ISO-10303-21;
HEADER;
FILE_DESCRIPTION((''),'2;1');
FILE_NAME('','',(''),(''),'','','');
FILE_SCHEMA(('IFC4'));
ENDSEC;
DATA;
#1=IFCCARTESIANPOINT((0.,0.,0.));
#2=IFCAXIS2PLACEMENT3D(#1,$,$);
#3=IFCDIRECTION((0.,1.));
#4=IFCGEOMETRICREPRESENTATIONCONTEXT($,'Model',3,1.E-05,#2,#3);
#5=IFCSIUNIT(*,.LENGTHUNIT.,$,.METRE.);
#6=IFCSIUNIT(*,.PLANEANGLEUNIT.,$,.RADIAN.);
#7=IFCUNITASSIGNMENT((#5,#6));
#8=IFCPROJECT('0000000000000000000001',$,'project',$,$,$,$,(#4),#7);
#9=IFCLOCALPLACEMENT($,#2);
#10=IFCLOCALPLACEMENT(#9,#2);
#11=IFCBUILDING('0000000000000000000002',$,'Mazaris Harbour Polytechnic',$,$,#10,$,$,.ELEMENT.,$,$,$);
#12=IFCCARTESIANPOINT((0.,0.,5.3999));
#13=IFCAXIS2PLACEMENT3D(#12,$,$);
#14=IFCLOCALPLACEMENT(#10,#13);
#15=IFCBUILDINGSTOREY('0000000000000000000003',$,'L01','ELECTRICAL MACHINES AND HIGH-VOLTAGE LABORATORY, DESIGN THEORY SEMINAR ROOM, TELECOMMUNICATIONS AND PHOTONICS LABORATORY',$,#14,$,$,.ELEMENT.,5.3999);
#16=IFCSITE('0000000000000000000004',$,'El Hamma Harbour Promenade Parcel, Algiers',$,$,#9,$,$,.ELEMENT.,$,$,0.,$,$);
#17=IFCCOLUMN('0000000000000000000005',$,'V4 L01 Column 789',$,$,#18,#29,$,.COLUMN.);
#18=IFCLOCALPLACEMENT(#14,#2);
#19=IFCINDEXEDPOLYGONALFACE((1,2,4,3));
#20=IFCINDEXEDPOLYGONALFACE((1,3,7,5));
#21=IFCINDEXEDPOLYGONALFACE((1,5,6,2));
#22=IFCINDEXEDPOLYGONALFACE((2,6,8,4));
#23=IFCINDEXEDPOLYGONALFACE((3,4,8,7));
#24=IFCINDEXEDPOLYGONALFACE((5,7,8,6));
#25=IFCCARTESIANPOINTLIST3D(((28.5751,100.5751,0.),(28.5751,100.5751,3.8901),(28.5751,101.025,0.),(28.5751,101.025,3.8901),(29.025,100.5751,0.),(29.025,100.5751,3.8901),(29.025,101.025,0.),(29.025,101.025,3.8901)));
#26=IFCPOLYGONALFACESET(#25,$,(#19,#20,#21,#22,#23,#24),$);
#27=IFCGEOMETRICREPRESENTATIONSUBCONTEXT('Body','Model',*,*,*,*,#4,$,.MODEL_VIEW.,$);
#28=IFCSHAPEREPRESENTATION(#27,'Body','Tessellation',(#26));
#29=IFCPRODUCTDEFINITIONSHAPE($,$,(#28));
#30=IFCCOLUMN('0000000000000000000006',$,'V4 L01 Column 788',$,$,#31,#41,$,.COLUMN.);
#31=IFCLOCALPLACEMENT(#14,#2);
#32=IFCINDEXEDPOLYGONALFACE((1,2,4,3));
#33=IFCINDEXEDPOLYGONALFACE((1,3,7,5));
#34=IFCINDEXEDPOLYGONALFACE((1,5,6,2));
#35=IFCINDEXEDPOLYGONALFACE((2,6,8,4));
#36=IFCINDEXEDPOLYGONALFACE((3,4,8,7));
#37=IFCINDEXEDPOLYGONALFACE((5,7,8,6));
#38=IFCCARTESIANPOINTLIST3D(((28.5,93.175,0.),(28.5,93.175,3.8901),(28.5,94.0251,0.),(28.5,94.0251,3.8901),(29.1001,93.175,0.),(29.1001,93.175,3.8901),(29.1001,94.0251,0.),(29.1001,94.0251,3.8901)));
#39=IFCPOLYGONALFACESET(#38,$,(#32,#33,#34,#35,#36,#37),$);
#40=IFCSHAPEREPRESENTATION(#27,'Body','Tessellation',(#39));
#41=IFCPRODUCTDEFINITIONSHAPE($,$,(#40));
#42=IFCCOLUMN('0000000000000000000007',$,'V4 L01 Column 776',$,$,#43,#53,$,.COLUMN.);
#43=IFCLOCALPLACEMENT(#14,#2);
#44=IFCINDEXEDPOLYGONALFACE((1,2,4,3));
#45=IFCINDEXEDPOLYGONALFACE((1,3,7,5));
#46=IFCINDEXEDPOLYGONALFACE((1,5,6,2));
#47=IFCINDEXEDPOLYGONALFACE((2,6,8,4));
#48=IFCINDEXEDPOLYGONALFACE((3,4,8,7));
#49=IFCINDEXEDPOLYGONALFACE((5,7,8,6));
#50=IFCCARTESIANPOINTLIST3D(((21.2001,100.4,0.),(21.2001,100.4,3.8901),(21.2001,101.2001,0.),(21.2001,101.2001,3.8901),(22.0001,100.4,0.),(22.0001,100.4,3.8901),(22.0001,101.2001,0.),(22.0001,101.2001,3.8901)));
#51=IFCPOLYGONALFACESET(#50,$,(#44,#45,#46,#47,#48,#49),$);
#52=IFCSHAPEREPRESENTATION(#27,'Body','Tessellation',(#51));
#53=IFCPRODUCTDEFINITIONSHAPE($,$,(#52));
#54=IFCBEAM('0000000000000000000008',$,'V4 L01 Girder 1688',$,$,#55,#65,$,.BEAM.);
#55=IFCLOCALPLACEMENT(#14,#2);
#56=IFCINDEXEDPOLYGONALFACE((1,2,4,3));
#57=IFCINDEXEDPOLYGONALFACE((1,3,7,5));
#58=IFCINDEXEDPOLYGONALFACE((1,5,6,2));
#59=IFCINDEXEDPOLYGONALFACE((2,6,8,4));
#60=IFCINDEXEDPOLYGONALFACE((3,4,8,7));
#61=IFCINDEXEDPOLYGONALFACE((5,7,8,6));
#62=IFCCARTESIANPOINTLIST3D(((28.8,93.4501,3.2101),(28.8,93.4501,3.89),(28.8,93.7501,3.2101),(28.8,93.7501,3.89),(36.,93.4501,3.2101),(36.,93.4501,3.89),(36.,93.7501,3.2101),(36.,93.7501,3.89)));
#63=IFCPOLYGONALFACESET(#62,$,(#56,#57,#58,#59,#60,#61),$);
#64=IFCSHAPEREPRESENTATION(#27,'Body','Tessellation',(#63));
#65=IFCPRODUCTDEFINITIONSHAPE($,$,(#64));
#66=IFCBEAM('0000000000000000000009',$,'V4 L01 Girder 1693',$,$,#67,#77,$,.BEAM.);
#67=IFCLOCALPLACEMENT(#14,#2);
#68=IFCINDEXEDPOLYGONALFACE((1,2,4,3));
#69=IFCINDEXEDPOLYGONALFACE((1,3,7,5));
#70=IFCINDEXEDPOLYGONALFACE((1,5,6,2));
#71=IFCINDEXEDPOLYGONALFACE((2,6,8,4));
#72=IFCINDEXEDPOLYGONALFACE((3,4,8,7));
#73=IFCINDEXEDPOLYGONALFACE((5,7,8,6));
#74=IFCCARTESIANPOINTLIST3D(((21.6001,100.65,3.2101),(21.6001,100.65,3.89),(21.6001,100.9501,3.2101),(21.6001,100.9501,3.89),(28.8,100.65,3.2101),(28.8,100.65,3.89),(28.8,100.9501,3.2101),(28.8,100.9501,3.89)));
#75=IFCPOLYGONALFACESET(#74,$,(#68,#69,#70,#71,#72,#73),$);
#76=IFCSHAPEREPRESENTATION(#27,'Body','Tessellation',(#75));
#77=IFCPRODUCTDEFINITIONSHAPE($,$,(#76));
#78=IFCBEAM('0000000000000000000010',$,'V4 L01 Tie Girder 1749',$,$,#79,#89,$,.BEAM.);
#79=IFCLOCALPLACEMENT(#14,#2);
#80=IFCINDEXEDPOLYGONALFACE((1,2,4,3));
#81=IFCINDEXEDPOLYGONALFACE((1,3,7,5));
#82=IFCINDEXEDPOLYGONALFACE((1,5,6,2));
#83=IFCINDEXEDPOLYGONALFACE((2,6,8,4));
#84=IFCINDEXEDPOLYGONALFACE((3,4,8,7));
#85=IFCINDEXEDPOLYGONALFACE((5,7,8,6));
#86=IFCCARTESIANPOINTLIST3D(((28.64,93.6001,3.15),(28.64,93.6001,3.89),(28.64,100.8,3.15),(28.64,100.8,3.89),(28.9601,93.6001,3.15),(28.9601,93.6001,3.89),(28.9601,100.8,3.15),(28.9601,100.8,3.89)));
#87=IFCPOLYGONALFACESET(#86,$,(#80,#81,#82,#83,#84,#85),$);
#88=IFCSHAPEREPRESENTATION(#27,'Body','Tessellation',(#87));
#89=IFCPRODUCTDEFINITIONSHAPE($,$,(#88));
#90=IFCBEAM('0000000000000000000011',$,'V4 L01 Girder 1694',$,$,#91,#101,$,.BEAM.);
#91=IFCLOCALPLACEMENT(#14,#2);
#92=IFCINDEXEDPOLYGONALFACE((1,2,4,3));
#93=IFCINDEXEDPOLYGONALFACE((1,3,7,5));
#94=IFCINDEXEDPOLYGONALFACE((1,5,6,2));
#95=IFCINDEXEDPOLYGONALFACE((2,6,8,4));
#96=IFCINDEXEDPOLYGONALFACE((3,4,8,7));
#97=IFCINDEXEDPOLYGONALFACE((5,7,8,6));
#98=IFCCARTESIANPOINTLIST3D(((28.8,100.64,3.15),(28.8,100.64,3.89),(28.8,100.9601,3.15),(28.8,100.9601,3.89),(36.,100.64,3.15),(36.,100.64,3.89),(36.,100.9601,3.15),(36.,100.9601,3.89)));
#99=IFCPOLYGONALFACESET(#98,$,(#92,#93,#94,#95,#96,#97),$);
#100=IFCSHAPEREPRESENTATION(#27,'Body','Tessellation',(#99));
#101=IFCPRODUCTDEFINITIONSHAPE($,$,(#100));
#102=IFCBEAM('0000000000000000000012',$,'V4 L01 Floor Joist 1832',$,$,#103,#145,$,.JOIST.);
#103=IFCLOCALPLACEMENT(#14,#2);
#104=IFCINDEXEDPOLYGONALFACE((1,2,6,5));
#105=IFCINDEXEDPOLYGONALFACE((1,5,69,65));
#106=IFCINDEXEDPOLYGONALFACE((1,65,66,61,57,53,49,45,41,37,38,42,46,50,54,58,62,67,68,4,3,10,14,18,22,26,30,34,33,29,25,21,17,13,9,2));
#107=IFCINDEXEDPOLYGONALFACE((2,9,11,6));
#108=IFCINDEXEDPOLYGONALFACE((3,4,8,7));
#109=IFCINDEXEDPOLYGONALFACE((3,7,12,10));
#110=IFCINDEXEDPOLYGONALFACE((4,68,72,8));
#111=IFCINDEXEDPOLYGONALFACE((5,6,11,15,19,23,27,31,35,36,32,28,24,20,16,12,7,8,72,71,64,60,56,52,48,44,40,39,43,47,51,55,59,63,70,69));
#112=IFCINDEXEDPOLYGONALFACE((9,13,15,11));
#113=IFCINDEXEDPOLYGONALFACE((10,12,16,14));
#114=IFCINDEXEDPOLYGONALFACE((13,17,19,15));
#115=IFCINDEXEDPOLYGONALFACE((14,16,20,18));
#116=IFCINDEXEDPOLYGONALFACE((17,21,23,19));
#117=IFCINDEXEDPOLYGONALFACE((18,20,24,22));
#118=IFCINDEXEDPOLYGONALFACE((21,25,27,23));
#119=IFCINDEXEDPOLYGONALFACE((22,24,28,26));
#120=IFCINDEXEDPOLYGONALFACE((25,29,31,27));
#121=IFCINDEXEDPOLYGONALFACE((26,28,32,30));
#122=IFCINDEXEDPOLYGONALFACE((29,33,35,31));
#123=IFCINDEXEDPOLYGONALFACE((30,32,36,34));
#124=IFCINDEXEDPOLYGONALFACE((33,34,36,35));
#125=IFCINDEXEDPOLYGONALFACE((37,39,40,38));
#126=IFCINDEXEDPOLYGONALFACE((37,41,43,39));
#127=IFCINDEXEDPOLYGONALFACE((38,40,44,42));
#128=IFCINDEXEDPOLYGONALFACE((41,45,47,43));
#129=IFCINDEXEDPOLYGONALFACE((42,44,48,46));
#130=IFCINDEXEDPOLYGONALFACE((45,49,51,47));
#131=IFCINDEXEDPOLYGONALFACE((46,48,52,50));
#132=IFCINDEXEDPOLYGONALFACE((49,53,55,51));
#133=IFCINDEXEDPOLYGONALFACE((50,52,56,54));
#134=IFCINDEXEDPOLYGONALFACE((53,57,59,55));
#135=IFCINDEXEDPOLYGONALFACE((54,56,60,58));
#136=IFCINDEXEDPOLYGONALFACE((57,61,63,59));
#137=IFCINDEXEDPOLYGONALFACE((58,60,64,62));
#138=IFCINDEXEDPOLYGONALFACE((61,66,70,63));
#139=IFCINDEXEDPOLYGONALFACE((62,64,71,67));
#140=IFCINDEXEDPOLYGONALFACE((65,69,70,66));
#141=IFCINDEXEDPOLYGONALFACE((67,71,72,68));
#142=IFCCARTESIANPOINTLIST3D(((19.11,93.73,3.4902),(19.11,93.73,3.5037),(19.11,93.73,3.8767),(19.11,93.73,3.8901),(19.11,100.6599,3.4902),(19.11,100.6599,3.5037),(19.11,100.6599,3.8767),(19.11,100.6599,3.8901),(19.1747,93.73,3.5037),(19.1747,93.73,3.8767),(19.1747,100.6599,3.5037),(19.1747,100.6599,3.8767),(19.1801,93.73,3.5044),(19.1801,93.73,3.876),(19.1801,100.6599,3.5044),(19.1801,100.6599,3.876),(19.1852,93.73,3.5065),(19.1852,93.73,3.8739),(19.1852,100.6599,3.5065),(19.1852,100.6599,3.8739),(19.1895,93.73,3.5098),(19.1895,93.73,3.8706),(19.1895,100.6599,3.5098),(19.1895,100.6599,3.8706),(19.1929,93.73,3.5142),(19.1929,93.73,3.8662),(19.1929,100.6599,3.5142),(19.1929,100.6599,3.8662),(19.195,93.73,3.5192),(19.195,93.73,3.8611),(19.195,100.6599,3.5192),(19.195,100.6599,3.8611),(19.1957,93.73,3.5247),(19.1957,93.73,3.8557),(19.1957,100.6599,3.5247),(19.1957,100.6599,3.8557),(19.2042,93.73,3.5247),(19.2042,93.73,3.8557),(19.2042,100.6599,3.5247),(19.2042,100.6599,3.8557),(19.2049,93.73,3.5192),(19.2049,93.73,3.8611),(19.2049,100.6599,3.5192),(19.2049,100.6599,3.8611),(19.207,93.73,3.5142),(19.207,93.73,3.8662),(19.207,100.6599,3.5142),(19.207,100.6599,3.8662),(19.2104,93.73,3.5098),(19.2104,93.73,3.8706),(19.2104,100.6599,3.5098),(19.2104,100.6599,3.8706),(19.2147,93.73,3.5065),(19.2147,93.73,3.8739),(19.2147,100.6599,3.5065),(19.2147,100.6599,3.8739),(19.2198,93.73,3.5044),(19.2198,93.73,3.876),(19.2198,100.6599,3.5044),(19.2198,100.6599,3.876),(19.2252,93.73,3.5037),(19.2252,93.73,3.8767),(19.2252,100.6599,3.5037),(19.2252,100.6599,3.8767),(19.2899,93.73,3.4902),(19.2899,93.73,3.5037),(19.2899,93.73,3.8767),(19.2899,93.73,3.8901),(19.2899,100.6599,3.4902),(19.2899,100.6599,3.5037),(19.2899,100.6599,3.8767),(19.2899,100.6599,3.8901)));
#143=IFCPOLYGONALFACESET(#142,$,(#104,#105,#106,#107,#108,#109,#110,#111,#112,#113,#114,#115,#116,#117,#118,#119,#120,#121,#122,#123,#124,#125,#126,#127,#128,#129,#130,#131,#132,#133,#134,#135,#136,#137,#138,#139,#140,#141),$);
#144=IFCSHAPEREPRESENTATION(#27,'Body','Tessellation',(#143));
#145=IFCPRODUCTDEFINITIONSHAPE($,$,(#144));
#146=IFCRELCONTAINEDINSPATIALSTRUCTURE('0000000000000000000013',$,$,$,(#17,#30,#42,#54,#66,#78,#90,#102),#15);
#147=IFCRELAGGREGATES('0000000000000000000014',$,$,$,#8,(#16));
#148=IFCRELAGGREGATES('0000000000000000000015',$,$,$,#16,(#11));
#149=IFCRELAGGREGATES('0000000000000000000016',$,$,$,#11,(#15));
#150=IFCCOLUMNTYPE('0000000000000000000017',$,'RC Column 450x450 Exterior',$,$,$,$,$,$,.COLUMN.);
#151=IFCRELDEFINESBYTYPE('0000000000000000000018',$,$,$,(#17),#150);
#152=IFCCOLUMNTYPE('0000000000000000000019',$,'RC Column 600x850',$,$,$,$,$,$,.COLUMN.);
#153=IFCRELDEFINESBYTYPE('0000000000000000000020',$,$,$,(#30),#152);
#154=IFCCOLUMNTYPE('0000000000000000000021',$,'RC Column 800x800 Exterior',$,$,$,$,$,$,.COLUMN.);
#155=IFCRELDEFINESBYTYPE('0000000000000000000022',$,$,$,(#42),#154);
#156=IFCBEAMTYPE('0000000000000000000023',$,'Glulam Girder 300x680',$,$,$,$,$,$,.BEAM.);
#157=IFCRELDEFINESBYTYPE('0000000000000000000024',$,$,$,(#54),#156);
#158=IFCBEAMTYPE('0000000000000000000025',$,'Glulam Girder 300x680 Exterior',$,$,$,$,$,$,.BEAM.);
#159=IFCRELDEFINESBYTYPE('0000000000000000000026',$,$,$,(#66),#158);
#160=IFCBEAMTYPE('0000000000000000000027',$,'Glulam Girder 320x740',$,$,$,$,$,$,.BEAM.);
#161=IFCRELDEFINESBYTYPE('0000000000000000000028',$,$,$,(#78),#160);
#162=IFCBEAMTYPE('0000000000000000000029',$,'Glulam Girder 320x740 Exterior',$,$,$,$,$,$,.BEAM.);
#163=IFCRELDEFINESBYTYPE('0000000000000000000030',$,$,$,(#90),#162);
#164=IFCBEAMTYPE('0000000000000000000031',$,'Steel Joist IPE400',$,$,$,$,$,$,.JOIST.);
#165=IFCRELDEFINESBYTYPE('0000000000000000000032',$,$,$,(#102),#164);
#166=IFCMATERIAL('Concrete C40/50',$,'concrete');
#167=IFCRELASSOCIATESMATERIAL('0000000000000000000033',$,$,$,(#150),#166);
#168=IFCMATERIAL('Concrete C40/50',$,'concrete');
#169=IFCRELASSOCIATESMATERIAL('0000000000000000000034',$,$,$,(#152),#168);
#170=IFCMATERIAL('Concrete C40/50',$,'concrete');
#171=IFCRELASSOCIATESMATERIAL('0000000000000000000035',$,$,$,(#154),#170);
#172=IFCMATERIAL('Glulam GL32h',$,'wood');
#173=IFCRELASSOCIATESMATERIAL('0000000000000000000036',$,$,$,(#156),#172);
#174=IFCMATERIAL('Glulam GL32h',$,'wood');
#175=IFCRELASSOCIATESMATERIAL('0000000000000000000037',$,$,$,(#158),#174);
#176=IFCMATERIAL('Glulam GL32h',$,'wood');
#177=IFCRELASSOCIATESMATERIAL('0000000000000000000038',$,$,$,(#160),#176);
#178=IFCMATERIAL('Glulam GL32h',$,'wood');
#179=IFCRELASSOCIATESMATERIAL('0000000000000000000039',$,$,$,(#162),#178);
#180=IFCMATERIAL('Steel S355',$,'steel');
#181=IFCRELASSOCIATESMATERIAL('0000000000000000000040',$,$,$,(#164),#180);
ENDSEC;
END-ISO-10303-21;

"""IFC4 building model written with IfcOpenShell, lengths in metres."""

from ifc_helpers import new_model, si_unit, direction, frame, origin, origin_2d, place, context, subcontext, project, spatial, rectangle, i_section, extrude, material, material_profile, profile_set, type_object, element, save


model = new_model("IFC4")

# Units and contexts
model_context = context("Model", 3, precision=1e-05, world=origin(), true_north=direction((0.0, 1.0)))
body_context = subcontext(model_context, "Body", "Model", "MODEL_VIEW")
ifc_project = project(units=[si_unit("LENGTHUNIT", "METRE"), si_unit("PLANEANGLEUNIT", "RADIAN")], contexts=[model_context])

# Site, building, storey
site_placement = place(None, origin())
site = spatial("IfcSite", under=ifc_project, at=site_placement, Name="El Hamma Harbour Promenade Parcel, Algiers", CompositionType="ELEMENT", RefElevation=0.0)
building_placement = place(site_placement, origin())
building = spatial("IfcBuilding", under=site, at=building_placement, Name="Mazaris Harbour Polytechnic", CompositionType="ELEMENT")
storey_placement = place(building_placement, frame((0.0, 0.0, 5.3999)))
storey = spatial("IfcBuildingStorey", under=building, at=storey_placement, Name="L01", Description="ELECTRICAL MACHINES AND HIGH-VOLTAGE LABORATORY, DESIGN THEORY SEMINAR ROOM, TELECOMMUNICATIONS AND PHOTONICS LABORATORY", CompositionType="ELEMENT", Elevation=5.3999)

# Columns
ifc_material_1 = material(Name="Concrete C40/50", Category="concrete")
ifc_material_profile_1 = material_profile(ifc_material_1, rectangle(XDim=0.45, YDim=0.45, at=origin_2d()), Name="RECT450x450")
ifc_profile_set_1 = profile_set([ifc_material_profile_1], Name="Concrete C40/50")
column_type_1 = type_object("IfcColumnType", Name="RC Column 450x450 Exterior", PredefinedType="COLUMN", material=ifc_profile_set_1)
column_1_placement = place(storey_placement, frame((28.8, 100.8, 0.0), z_axis=(0.0, 0.0, 1.0), x_axis=(1.0, 0.0, 0.0)))
element("IfcColumn", 1, at=column_1_placement, inside=storey, type_object=column_type_1, Name="V4 L01 Column 789", PredefinedType="COLUMN", context=body_context, shape_type="SweptSolid", body=[
    extrude(rectangle(XDim=0.45, YDim=0.45, at=origin_2d()), origin(), (0.0, 0.0, 1.0), 3.8901),
])
ifc_material_2 = material(Name="Concrete C40/50", Category="concrete")
ifc_material_profile_2 = material_profile(ifc_material_2, rectangle(XDim=0.6001, YDim=0.8501, at=origin_2d()), Name="RECT600x850")
ifc_profile_set_2 = profile_set([ifc_material_profile_2], Name="Concrete C40/50")
column_type_2 = type_object("IfcColumnType", Name="RC Column 600x850", PredefinedType="COLUMN", material=ifc_profile_set_2)
column_2_placement = place(storey_placement, frame((28.8, 93.6001, 0.0), z_axis=(0.0, 0.0, 1.0), x_axis=(1.0, 0.0, 0.0)))
element("IfcColumn", 2, at=column_2_placement, inside=storey, type_object=column_type_2, Name="V4 L01 Column 788", PredefinedType="COLUMN", context=body_context, shape_type="SweptSolid", body=[
    extrude(rectangle(XDim=0.6001, YDim=0.8501, at=origin_2d()), origin(), (0.0, 0.0, 1.0), 3.8901),
])
ifc_material_3 = material(Name="Concrete C40/50", Category="concrete")
ifc_material_profile_3 = material_profile(ifc_material_3, rectangle(XDim=0.8, YDim=0.8, at=origin_2d()), Name="RECT800x800")
ifc_profile_set_3 = profile_set([ifc_material_profile_3], Name="Concrete C40/50")
column_type_3 = type_object("IfcColumnType", Name="RC Column 800x800 Exterior", PredefinedType="COLUMN", material=ifc_profile_set_3)
column_3_placement = place(storey_placement, frame((21.6001, 100.8, 0.0), z_axis=(0.0, 0.0, 1.0), x_axis=(1.0, 0.0, 0.0)))
element("IfcColumn", 3, at=column_3_placement, inside=storey, type_object=column_type_3, Name="V4 L01 Column 776", PredefinedType="COLUMN", context=body_context, shape_type="SweptSolid", body=[
    extrude(rectangle(XDim=0.8, YDim=0.8, at=origin_2d()), origin(), (0.0, 0.0, 1.0), 3.8901),
])

# Beams
ifc_material_4 = material(Name="Glulam GL32h", Category="wood")
ifc_material_profile_4 = material_profile(ifc_material_4, rectangle(XDim=0.3, YDim=0.6799, at=origin_2d()), Name="RECT300x680")
ifc_profile_set_4 = profile_set([ifc_material_profile_4], Name="Glulam GL32h")
beam_type_1 = type_object("IfcBeamType", Name="Glulam Girder 300x680", PredefinedType="BEAM", material=ifc_profile_set_4)
beam_1_placement = place(storey_placement, frame((28.8, 93.6001, 3.55), z_axis=(1.0, 0.0, 0.0), x_axis=(0.0, 1.0, 0.0)))
element("IfcBeam", 4, at=beam_1_placement, inside=storey, type_object=beam_type_1, Name="V4 L01 Girder 1688", PredefinedType="BEAM", context=body_context, shape_type="SweptSolid", body=[
    extrude(rectangle(XDim=0.3, YDim=0.6799, at=origin_2d()), origin(), (0.0, 0.0, 1.0), 7.2),
])
ifc_material_5 = material(Name="Glulam GL32h", Category="wood")
ifc_material_profile_5 = material_profile(ifc_material_5, rectangle(XDim=0.3, YDim=0.6799, at=origin_2d()), Name="RECT300x680")
ifc_profile_set_5 = profile_set([ifc_material_profile_5], Name="Glulam GL32h")
beam_type_2 = type_object("IfcBeamType", Name="Glulam Girder 300x680 Exterior", PredefinedType="BEAM", material=ifc_profile_set_5)
beam_2_placement = place(storey_placement, frame((21.6001, 100.8, 3.55), z_axis=(1.0, 0.0, 0.0), x_axis=(0.0, 1.0, 0.0)))
element("IfcBeam", 5, at=beam_2_placement, inside=storey, type_object=beam_type_2, Name="V4 L01 Girder 1693", PredefinedType="BEAM", context=body_context, shape_type="SweptSolid", body=[
    extrude(rectangle(XDim=0.3, YDim=0.6799, at=origin_2d()), origin(), (0.0, 0.0, 1.0), 7.2),
])
ifc_material_6 = material(Name="Glulam GL32h", Category="wood")
ifc_material_profile_6 = material_profile(ifc_material_6, rectangle(XDim=0.3201, YDim=0.74, at=origin_2d()), Name="RECT320x740")
ifc_profile_set_6 = profile_set([ifc_material_profile_6], Name="Glulam GL32h")
beam_type_3 = type_object("IfcBeamType", Name="Glulam Girder 320x740", PredefinedType="BEAM", material=ifc_profile_set_6)
beam_3_placement = place(storey_placement, frame((28.8, 93.6001, 3.52), z_axis=(0.0, 1.0, 0.0), x_axis=(-1.0, 0.0, 0.0)))
element("IfcBeam", 6, at=beam_3_placement, inside=storey, type_object=beam_type_3, Name="V4 L01 Tie Girder 1749", PredefinedType="BEAM", context=body_context, shape_type="SweptSolid", body=[
    extrude(rectangle(XDim=0.3201, YDim=0.74, at=origin_2d()), origin(), (0.0, 0.0, 1.0), 7.2),
])
ifc_material_7 = material(Name="Glulam GL32h", Category="wood")
ifc_material_profile_7 = material_profile(ifc_material_7, rectangle(XDim=0.3201, YDim=0.74, at=origin_2d()), Name="RECT320x740")
ifc_profile_set_7 = profile_set([ifc_material_profile_7], Name="Glulam GL32h")
beam_type_4 = type_object("IfcBeamType", Name="Glulam Girder 320x740 Exterior", PredefinedType="BEAM", material=ifc_profile_set_7)
beam_4_placement = place(storey_placement, frame((28.8, 100.8, 3.52), z_axis=(1.0, 0.0, 0.0), x_axis=(0.0, 1.0, 0.0)))
element("IfcBeam", 7, at=beam_4_placement, inside=storey, type_object=beam_type_4, Name="V4 L01 Girder 1694", PredefinedType="BEAM", context=body_context, shape_type="SweptSolid", body=[
    extrude(rectangle(XDim=0.3201, YDim=0.74, at=origin_2d()), origin(), (0.0, 0.0, 1.0), 7.2),
])
ifc_material_8 = material(Name="Steel S355", Category="steel")
ifc_material_profile_8 = material_profile(ifc_material_8, i_section(OverallWidth=0.1799, OverallDepth=0.3999, WebThickness=0.0085, FlangeThickness=0.0134, FilletRadius=0.021, at=origin_2d()), Name="IPE 400")
ifc_profile_set_8 = profile_set([ifc_material_profile_8], Name="Steel S355")
beam_type_5 = type_object("IfcBeamType", Name="Steel Joist IPE400", PredefinedType="JOIST", material=ifc_profile_set_8)
beam_5_placement = place(storey_placement, frame((19.2, 93.73, 3.6902), z_axis=(0.0, 1.0, 0.0), x_axis=(-1.0, 0.0, 0.0)))
element("IfcBeam", 8, at=beam_5_placement, inside=storey, type_object=beam_type_5, Name="V4 L01 Floor Joist 1832", PredefinedType="JOIST", context=body_context, shape_type="SweptSolid", body=[
    extrude(i_section(OverallWidth=0.1799, OverallDepth=0.3999, WebThickness=0.0085, FlangeThickness=0.0134, FilletRadius=0.021, at=origin_2d()), origin(), (0.0, 0.0, 1.0), 6.9299),
])

save(model, "model.ifc")
